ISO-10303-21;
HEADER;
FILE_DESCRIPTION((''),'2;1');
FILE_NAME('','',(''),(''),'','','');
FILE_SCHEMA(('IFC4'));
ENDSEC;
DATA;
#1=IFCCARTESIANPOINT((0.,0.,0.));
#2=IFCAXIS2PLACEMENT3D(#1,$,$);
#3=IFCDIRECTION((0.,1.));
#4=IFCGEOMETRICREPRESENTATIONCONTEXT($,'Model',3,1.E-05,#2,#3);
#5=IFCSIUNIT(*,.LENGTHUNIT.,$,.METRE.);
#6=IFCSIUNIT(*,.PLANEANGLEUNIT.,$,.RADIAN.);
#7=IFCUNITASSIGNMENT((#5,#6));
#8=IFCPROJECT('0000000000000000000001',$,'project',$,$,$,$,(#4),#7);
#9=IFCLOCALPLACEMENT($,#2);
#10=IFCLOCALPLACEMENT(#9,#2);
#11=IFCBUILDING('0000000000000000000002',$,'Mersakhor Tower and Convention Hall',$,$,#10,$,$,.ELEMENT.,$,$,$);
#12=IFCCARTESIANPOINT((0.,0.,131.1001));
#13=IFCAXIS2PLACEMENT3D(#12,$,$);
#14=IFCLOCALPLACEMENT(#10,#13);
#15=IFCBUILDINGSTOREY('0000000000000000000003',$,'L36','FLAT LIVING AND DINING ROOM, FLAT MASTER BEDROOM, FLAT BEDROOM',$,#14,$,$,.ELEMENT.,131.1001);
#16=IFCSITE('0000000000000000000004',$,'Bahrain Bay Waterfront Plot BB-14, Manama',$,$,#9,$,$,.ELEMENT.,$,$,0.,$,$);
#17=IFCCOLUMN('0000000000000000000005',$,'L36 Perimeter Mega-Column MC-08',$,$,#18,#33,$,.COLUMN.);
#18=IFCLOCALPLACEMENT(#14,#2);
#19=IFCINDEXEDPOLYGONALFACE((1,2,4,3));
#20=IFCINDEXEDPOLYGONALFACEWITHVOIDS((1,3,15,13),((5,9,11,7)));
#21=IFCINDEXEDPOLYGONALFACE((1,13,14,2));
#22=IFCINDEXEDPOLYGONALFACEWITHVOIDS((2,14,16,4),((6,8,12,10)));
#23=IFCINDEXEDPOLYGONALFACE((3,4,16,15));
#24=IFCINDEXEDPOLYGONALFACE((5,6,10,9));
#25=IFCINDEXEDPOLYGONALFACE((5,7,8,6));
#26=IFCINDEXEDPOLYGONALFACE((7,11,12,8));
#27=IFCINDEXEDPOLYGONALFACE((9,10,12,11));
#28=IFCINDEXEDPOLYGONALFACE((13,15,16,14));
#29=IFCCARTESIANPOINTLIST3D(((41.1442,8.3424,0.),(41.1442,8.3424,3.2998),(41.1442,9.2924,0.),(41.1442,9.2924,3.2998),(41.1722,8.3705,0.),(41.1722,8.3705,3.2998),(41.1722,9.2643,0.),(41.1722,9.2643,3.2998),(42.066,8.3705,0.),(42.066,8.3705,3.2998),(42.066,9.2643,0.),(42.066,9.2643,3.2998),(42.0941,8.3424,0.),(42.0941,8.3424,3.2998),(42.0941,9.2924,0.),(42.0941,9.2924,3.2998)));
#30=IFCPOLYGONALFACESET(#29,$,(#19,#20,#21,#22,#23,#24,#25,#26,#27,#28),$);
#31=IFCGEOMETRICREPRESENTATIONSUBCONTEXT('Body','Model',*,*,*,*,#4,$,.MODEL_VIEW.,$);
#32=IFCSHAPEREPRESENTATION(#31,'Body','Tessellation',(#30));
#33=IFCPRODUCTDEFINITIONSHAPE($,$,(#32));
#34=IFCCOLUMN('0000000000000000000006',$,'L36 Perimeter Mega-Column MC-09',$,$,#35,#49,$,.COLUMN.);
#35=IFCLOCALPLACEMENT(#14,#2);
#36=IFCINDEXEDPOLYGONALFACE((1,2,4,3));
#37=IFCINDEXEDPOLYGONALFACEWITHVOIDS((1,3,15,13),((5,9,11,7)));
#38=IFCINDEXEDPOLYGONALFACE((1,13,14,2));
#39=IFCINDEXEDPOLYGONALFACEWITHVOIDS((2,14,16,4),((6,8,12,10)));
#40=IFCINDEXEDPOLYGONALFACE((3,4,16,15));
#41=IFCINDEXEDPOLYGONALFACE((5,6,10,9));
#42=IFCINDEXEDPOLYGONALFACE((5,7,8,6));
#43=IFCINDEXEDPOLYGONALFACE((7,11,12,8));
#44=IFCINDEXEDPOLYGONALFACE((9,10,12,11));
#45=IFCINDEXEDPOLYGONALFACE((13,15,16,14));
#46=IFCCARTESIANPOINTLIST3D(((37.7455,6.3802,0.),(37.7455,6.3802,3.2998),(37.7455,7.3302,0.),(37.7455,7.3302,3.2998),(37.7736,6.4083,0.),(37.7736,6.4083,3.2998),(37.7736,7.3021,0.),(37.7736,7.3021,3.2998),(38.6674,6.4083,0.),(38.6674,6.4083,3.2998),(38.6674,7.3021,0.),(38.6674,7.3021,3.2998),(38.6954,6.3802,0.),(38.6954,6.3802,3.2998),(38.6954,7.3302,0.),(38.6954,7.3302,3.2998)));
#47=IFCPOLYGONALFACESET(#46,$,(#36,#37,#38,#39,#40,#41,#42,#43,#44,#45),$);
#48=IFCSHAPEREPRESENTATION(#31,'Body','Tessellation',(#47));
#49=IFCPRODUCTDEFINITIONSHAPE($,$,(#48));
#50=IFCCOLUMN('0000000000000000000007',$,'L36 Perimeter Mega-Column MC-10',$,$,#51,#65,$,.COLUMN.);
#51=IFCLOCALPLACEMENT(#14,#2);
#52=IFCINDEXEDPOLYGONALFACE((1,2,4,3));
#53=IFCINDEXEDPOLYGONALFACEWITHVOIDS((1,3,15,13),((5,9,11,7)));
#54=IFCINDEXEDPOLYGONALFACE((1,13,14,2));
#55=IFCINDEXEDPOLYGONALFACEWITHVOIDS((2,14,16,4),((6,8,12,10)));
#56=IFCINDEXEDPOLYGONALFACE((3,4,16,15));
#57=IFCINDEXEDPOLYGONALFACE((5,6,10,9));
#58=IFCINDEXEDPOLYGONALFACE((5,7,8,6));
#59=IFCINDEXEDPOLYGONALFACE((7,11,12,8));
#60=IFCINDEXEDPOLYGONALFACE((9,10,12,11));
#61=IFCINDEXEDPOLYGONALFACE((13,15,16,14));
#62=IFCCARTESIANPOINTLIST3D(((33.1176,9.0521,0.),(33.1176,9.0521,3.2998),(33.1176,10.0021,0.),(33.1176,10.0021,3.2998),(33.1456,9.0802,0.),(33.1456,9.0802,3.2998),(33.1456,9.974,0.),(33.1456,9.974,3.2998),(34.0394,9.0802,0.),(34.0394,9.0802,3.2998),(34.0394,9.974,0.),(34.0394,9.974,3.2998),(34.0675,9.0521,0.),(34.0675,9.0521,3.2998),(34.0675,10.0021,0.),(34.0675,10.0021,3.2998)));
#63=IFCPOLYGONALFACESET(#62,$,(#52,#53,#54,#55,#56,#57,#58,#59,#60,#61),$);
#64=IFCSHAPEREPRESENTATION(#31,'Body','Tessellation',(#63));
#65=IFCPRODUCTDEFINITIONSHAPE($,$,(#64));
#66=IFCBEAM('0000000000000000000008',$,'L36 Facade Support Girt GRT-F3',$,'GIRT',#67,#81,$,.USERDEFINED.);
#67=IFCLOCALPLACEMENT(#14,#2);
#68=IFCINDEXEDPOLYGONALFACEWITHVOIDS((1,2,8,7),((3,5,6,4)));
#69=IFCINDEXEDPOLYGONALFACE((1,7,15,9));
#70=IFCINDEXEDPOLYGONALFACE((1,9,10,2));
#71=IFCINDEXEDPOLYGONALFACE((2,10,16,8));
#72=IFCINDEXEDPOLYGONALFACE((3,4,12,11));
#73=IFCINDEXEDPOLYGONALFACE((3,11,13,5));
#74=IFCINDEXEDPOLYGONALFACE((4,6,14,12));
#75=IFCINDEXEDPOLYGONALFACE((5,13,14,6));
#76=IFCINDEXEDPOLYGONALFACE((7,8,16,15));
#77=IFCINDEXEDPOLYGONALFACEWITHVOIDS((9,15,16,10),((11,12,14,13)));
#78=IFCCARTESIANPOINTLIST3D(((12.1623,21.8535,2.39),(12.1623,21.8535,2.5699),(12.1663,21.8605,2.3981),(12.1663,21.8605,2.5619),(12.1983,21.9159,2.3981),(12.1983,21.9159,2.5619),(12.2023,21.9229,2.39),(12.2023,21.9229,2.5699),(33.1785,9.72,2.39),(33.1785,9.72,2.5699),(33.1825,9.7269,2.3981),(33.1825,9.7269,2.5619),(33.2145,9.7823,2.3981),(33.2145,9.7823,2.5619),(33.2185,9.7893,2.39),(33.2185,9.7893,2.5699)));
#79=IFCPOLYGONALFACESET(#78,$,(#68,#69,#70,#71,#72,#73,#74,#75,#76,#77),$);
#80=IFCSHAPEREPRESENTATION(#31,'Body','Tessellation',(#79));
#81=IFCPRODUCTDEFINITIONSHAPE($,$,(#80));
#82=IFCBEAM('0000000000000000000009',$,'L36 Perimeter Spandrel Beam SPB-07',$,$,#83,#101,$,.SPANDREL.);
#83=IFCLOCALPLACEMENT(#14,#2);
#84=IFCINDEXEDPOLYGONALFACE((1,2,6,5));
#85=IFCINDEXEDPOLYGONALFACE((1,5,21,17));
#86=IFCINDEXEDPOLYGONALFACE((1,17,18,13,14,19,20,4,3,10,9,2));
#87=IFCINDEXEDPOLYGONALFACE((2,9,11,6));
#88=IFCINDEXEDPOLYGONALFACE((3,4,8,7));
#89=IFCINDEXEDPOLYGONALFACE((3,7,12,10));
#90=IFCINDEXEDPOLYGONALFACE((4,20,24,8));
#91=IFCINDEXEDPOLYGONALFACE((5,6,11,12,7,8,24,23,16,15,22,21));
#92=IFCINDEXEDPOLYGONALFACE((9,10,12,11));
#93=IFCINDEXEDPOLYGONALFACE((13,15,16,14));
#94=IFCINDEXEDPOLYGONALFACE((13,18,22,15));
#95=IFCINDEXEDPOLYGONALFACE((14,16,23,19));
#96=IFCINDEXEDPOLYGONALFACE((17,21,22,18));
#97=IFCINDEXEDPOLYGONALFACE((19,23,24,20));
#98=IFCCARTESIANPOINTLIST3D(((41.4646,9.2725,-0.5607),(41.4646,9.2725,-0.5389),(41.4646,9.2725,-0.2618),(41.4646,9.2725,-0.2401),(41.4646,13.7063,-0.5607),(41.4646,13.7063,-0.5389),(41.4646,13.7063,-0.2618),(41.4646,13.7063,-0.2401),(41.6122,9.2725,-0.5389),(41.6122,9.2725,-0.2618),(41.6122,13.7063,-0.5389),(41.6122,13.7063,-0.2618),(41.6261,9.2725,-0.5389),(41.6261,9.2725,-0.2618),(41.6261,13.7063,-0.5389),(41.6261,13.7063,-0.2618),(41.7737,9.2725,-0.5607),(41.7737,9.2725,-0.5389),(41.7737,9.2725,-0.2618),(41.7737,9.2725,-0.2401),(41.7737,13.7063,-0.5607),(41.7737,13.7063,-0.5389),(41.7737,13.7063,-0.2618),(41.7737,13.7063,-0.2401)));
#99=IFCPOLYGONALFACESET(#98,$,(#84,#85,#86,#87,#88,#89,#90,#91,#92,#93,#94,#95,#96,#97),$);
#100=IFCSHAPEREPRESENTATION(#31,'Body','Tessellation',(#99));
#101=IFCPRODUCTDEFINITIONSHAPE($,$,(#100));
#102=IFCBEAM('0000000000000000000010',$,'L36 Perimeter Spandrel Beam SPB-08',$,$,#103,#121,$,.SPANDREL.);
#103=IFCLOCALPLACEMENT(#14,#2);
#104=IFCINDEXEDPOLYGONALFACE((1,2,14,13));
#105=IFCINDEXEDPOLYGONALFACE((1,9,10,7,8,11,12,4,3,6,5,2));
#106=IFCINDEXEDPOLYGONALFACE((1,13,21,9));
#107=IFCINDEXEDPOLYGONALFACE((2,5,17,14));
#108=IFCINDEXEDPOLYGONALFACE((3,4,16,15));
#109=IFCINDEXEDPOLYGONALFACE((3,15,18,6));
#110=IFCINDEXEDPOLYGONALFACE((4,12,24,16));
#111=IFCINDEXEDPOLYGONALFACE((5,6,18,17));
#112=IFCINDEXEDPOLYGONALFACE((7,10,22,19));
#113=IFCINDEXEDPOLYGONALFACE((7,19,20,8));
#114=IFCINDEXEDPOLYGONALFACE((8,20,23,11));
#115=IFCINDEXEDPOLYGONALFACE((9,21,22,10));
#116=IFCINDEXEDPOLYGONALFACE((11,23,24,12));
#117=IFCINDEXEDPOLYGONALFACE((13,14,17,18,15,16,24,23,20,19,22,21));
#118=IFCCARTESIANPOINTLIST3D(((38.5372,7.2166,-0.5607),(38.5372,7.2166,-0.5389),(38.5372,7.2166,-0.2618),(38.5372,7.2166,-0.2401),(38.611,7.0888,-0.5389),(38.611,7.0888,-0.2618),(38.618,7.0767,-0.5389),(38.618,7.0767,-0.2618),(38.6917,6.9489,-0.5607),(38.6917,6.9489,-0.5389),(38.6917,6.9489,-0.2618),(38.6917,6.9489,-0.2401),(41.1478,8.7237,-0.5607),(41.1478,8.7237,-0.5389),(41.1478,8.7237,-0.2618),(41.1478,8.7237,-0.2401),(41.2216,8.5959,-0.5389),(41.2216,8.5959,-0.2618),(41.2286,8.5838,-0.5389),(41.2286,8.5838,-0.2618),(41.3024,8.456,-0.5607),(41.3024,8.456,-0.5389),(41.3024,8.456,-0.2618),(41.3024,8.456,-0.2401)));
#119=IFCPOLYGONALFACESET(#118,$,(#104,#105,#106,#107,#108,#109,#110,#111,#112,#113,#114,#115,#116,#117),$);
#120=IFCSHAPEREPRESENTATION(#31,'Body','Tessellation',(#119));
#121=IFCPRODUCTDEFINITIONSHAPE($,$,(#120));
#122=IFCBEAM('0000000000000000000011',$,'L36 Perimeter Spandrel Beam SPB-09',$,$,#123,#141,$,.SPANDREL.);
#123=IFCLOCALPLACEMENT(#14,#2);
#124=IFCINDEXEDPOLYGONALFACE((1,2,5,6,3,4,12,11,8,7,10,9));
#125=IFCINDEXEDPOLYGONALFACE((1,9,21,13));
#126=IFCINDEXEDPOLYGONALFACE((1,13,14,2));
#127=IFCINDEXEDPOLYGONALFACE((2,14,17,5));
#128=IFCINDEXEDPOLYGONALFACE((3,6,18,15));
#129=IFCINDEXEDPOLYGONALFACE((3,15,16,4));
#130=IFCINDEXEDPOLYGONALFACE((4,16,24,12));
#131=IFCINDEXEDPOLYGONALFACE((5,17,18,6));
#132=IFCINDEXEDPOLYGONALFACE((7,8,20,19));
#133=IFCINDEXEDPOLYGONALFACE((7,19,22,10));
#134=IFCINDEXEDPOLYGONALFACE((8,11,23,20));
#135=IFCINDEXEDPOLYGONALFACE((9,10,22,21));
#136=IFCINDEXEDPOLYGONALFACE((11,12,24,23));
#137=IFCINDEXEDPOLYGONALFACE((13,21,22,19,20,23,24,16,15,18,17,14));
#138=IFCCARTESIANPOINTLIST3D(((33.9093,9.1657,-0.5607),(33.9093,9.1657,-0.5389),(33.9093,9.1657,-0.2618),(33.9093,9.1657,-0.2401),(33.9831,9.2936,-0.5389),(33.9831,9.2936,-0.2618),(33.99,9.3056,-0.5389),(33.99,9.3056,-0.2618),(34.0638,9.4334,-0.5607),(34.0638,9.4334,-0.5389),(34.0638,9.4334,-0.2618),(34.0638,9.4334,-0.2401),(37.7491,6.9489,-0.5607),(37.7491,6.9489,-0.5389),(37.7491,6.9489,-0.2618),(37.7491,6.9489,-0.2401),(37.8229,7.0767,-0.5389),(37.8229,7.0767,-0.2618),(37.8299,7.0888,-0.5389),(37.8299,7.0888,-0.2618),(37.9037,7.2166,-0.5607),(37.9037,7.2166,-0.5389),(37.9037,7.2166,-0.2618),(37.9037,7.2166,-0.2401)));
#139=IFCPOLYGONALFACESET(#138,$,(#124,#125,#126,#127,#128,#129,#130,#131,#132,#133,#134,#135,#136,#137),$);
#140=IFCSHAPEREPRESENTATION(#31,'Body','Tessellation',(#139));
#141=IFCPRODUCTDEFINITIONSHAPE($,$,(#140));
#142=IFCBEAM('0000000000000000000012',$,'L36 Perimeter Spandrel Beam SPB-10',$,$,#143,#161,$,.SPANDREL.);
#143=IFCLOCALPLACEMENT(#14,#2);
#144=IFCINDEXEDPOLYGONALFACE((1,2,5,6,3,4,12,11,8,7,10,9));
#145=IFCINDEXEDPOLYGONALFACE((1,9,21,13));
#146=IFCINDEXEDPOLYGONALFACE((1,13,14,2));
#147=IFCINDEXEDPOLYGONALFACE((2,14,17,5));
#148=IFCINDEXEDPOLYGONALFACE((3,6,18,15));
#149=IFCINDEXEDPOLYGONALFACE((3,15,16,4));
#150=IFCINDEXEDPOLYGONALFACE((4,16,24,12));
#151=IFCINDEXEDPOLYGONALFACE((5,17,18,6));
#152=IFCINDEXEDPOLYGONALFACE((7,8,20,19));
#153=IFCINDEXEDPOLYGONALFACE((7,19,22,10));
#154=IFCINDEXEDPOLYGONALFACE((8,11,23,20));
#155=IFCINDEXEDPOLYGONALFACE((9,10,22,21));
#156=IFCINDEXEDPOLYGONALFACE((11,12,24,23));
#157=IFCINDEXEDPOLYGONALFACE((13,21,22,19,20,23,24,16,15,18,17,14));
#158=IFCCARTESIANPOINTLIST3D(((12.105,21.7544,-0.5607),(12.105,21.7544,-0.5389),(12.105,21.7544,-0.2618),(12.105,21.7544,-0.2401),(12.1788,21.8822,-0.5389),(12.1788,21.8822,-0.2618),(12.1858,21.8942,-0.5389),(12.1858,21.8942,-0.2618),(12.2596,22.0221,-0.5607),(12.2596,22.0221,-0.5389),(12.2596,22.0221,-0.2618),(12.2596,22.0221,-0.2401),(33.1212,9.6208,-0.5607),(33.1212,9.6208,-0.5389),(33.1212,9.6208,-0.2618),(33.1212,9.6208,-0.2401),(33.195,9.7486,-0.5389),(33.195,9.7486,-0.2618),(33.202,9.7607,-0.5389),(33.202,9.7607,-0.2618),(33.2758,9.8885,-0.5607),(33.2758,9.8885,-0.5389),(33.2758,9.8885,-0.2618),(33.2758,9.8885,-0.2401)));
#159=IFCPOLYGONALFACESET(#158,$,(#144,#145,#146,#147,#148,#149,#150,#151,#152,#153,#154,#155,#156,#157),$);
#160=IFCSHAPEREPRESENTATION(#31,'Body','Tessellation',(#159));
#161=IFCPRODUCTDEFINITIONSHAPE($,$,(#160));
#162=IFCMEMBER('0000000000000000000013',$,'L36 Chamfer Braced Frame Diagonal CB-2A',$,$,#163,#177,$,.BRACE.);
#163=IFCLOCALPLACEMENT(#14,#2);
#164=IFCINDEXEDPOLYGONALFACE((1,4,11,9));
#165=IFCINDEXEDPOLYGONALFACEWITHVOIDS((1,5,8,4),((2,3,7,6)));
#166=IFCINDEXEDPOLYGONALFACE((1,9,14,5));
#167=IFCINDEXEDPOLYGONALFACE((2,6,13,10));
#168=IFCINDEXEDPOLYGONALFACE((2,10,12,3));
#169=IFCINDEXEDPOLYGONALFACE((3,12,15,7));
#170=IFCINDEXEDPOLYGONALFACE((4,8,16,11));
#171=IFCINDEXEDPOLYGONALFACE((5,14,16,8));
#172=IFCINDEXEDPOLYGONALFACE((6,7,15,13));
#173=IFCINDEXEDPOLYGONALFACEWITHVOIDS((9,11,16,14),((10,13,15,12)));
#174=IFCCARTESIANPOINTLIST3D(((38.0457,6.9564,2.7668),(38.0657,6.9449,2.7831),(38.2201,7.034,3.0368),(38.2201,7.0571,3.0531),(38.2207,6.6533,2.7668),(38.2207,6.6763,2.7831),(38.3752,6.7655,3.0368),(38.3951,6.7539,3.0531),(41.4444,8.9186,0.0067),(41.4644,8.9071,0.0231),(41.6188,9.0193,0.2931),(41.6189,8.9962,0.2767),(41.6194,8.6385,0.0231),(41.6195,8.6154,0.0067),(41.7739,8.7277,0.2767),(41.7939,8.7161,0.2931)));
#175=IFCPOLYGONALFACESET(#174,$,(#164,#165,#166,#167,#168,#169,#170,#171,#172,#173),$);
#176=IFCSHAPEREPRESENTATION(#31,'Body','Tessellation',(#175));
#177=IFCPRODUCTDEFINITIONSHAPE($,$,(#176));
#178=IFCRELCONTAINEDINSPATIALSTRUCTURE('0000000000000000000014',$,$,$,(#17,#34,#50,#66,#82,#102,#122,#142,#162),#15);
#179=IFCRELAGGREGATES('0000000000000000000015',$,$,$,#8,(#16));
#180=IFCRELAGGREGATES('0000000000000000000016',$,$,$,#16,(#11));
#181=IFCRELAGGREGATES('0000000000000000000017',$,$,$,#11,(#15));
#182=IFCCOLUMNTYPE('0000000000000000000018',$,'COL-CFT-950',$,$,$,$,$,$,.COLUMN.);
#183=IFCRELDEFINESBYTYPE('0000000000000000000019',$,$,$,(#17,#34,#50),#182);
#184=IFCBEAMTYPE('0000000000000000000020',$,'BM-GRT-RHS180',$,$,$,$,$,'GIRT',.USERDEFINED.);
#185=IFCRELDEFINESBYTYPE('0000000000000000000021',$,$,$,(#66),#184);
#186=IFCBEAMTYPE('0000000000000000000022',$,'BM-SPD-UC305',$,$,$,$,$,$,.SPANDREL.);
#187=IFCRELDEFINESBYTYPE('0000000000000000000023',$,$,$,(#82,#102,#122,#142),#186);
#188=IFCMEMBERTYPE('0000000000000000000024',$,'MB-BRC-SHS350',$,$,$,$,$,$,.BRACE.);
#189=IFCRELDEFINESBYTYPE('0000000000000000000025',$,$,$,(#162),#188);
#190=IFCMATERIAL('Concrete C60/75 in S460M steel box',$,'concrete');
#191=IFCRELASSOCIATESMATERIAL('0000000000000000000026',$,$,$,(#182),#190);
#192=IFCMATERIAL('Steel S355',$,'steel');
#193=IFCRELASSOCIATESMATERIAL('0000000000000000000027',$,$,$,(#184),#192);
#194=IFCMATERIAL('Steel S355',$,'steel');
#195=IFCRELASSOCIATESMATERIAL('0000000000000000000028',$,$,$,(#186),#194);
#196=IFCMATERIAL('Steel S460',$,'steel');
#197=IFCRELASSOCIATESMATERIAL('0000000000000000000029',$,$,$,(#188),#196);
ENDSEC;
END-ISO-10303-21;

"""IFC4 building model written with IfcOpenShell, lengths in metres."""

from ifc_helpers import new_model, si_unit, direction, frame, origin, origin_2d, place, context, subcontext, project, spatial, hollow_rectangle, i_section, extrude, material, material_profile, profile_set, type_object, element, save


model = new_model("IFC4")

# Units and contexts
model_context = context("Model", 3, precision=1e-05, world=origin(), true_north=direction((0.0, 1.0)))
body_context = subcontext(model_context, "Body", "Model", "MODEL_VIEW")
ifc_project = project(units=[si_unit("LENGTHUNIT", "METRE"), si_unit("PLANEANGLEUNIT", "RADIAN")], contexts=[model_context])

# Site, building, storey
site_placement = place(None, origin())
site = spatial("IfcSite", under=ifc_project, at=site_placement, Name="Bahrain Bay Waterfront Plot BB-14, Manama", CompositionType="ELEMENT", RefElevation=0.0)
building_placement = place(site_placement, origin())
building = spatial("IfcBuilding", under=site, at=building_placement, Name="Mersakhor Tower and Convention Hall", CompositionType="ELEMENT")
storey_placement = place(building_placement, frame((0.0, 0.0, 131.1001)))
storey = spatial("IfcBuildingStorey", under=building, at=storey_placement, Name="L36", Description="FLAT LIVING AND DINING ROOM, FLAT MASTER BEDROOM, FLAT BEDROOM", CompositionType="ELEMENT", Elevation=131.1001)

# Columns
ifc_material_1 = material(Name="Concrete C60/75 in S460M steel box", Category="concrete")
ifc_material_profile_1 = material_profile(ifc_material_1, hollow_rectangle(XDim=0.95, YDim=0.95, WallThickness=0.0281, at=origin_2d()), Name="SHS 950x950x28")
ifc_profile_set_1 = profile_set([ifc_material_profile_1], Name="Concrete C60/75 in S460M steel box")
column_type = type_object("IfcColumnType", Name="COL-CFT-950", PredefinedType="COLUMN", material=ifc_profile_set_1)
for number, where, z_axis, x_axis, name in (
    (1, (41.6191, 8.8174, 0.0), (0.0, 0.0, 1.0), (1.0, 0.0, 0.0), "L36 Perimeter Mega-Column MC-08"),
    (2, (38.2205, 6.8552, 0.0), (0.0, 0.0, 1.0), (1.0, 0.0, 0.0), "L36 Perimeter Mega-Column MC-09"),
    (3, (33.5925, 9.5271, 0.0), (0.0, 0.0, 1.0), (1.0, 0.0, 0.0), "L36 Perimeter Mega-Column MC-10"),
):
    element("IfcColumn", number, at=place(storey_placement, frame(where, z_axis=z_axis, x_axis=x_axis)), inside=storey, type_object=column_type, Name=name, PredefinedType="COLUMN", context=body_context, shape_type="SweptSolid", body=[
        extrude(hollow_rectangle(XDim=0.95, YDim=0.95, WallThickness=0.0281, at=origin_2d()), origin(), (0.0, 0.0, 1.0), 3.2998),
    ])

# Beams
ifc_material_2 = material(Name="Steel S355", Category="steel")
ifc_material_profile_2 = material_profile(ifc_material_2, hollow_rectangle(XDim=0.0801, YDim=0.1799, WallThickness=0.0081, at=origin_2d()), Name="RHS 180x80x8")
ifc_profile_set_2 = profile_set([ifc_material_profile_2], Name="Steel S355")
beam_type_1 = type_object("IfcBeamType", Name="BM-GRT-RHS180", ElementType="GIRT", PredefinedType="USERDEFINED", material=ifc_profile_set_2)
beam_1_placement = place(storey_placement, frame((33.1985, 9.7546, 2.48), z_axis=(-0.866027, 0.499996, 0.0), x_axis=(-0.499996, -0.866027, 0.0)))
element("IfcBeam", 4, at=beam_1_placement, inside=storey, type_object=beam_type_1, Name="L36 Facade Support Girt GRT-F3", ObjectType="GIRT", PredefinedType="USERDEFINED", context=body_context, shape_type="SweptSolid", body=[
    extrude(hollow_rectangle(XDim=0.0801, YDim=0.1799, WallThickness=0.0081, at=origin_2d()), origin(), (0.0, 0.0, 1.0), 24.2673),
])
ifc_material_3 = material(Name="Steel S355", Category="steel")
ifc_material_profile_3 = material_profile(ifc_material_3, i_section(OverallWidth=0.3091, OverallDepth=0.3206, WebThickness=0.0139, FlangeThickness=0.0217, at=origin_2d()), Name="UC 305x305x137")
ifc_profile_set_3 = profile_set([ifc_material_profile_3], Name="Steel S355")
beam_type_2 = type_object("IfcBeamType", Name="BM-SPD-UC305", PredefinedType="SPANDREL", material=ifc_profile_set_3)
beam_2_placement = place(storey_placement, frame((41.6191, 13.7063, -0.4004), z_axis=(0.0, -1.0, 0.0), x_axis=(1.0, 0.0, 0.0)))
element("IfcBeam", 5, at=beam_2_placement, inside=storey, type_object=beam_type_2, Name="L36 Perimeter Spandrel Beam SPB-07", PredefinedType="SPANDREL", context=body_context, shape_type="SweptSolid", body=[
    extrude(i_section(OverallWidth=0.3091, OverallDepth=0.3206, WebThickness=0.0139, FlangeThickness=0.0217, at=origin_2d()), origin(), (0.0, 0.0, 1.0), 4.4338),
])
beam_3_placement = place(storey_placement, frame((41.2251, 8.5898, -0.4004), z_axis=(-0.866047, -0.499963, 0.0), x_axis=(0.499963, -0.866047, 0.0)))
element("IfcBeam", 6, at=beam_3_placement, inside=storey, type_object=beam_type_2, Name="L36 Perimeter Spandrel Beam SPB-08", PredefinedType="SPANDREL", context=body_context, shape_type="SweptSolid", body=[
    extrude(i_section(OverallWidth=0.3091, OverallDepth=0.3206, WebThickness=0.0139, FlangeThickness=0.0217, at=origin_2d()), origin(), (0.0, 0.0, 1.0), 3.0144),
])
beam_4_placement = place(storey_placement, frame((37.8264, 7.0828, -0.4004), z_axis=(-0.866039, 0.499977, 0.0), x_axis=(-0.499977, -0.866039, 0.0)))
element("IfcBeam", 7, at=beam_4_placement, inside=storey, type_object=beam_type_2, Name="L36 Perimeter Spandrel Beam SPB-09", PredefinedType="SPANDREL", context=body_context, shape_type="SweptSolid", body=[
    extrude(i_section(OverallWidth=0.3091, OverallDepth=0.3206, WebThickness=0.0139, FlangeThickness=0.0217, at=origin_2d()), origin(), (0.0, 0.0, 1.0), 4.4338),
])
beam_5_placement = place(storey_placement, frame((33.1985, 9.7546, -0.4004), z_axis=(-0.866027, 0.499996, 0.0), x_axis=(-0.499996, -0.866027, 0.0)))
element("IfcBeam", 8, at=beam_5_placement, inside=storey, type_object=beam_type_2, Name="L36 Perimeter Spandrel Beam SPB-10", PredefinedType="SPANDREL", context=body_context, shape_type="SweptSolid", body=[
    extrude(i_section(OverallWidth=0.3091, OverallDepth=0.3206, WebThickness=0.0139, FlangeThickness=0.0217, at=origin_2d()), origin(), (0.0, 0.0, 1.0), 24.2673),
])

# Member
ifc_material_4 = material(Name="Steel S460", Category="steel")
ifc_material_profile_4 = material_profile(ifc_material_4, hollow_rectangle(XDim=0.3501, YDim=0.3501, WallThickness=0.02, at=origin_2d()), Name="SHS 350x350x20")
ifc_profile_set_4 = profile_set([ifc_material_profile_4], Name="Steel S460")
member_type = type_object("IfcMemberType", Name="MB-BRC-SHS350", PredefinedType="BRACE", material=ifc_profile_set_4)
member_placement = place(storey_placement, frame((41.6191, 8.8174, 0.1499), z_axis=(-0.708385, -0.408972, 0.575267), x_axis=(0.499986, -0.866033, 0.0)))
element("IfcMember", 9, at=member_placement, inside=storey, type_object=member_type, Name="L36 Chamfer Braced Frame Diagonal CB-2A", PredefinedType="BRACE", context=body_context, shape_type="SweptSolid", body=[
    extrude(hollow_rectangle(XDim=0.3501, YDim=0.3501, WallThickness=0.02, at=origin_2d()), origin(), (0.0, 0.0, 1.0), 4.7979),
])

save(model, "model.ifc")
